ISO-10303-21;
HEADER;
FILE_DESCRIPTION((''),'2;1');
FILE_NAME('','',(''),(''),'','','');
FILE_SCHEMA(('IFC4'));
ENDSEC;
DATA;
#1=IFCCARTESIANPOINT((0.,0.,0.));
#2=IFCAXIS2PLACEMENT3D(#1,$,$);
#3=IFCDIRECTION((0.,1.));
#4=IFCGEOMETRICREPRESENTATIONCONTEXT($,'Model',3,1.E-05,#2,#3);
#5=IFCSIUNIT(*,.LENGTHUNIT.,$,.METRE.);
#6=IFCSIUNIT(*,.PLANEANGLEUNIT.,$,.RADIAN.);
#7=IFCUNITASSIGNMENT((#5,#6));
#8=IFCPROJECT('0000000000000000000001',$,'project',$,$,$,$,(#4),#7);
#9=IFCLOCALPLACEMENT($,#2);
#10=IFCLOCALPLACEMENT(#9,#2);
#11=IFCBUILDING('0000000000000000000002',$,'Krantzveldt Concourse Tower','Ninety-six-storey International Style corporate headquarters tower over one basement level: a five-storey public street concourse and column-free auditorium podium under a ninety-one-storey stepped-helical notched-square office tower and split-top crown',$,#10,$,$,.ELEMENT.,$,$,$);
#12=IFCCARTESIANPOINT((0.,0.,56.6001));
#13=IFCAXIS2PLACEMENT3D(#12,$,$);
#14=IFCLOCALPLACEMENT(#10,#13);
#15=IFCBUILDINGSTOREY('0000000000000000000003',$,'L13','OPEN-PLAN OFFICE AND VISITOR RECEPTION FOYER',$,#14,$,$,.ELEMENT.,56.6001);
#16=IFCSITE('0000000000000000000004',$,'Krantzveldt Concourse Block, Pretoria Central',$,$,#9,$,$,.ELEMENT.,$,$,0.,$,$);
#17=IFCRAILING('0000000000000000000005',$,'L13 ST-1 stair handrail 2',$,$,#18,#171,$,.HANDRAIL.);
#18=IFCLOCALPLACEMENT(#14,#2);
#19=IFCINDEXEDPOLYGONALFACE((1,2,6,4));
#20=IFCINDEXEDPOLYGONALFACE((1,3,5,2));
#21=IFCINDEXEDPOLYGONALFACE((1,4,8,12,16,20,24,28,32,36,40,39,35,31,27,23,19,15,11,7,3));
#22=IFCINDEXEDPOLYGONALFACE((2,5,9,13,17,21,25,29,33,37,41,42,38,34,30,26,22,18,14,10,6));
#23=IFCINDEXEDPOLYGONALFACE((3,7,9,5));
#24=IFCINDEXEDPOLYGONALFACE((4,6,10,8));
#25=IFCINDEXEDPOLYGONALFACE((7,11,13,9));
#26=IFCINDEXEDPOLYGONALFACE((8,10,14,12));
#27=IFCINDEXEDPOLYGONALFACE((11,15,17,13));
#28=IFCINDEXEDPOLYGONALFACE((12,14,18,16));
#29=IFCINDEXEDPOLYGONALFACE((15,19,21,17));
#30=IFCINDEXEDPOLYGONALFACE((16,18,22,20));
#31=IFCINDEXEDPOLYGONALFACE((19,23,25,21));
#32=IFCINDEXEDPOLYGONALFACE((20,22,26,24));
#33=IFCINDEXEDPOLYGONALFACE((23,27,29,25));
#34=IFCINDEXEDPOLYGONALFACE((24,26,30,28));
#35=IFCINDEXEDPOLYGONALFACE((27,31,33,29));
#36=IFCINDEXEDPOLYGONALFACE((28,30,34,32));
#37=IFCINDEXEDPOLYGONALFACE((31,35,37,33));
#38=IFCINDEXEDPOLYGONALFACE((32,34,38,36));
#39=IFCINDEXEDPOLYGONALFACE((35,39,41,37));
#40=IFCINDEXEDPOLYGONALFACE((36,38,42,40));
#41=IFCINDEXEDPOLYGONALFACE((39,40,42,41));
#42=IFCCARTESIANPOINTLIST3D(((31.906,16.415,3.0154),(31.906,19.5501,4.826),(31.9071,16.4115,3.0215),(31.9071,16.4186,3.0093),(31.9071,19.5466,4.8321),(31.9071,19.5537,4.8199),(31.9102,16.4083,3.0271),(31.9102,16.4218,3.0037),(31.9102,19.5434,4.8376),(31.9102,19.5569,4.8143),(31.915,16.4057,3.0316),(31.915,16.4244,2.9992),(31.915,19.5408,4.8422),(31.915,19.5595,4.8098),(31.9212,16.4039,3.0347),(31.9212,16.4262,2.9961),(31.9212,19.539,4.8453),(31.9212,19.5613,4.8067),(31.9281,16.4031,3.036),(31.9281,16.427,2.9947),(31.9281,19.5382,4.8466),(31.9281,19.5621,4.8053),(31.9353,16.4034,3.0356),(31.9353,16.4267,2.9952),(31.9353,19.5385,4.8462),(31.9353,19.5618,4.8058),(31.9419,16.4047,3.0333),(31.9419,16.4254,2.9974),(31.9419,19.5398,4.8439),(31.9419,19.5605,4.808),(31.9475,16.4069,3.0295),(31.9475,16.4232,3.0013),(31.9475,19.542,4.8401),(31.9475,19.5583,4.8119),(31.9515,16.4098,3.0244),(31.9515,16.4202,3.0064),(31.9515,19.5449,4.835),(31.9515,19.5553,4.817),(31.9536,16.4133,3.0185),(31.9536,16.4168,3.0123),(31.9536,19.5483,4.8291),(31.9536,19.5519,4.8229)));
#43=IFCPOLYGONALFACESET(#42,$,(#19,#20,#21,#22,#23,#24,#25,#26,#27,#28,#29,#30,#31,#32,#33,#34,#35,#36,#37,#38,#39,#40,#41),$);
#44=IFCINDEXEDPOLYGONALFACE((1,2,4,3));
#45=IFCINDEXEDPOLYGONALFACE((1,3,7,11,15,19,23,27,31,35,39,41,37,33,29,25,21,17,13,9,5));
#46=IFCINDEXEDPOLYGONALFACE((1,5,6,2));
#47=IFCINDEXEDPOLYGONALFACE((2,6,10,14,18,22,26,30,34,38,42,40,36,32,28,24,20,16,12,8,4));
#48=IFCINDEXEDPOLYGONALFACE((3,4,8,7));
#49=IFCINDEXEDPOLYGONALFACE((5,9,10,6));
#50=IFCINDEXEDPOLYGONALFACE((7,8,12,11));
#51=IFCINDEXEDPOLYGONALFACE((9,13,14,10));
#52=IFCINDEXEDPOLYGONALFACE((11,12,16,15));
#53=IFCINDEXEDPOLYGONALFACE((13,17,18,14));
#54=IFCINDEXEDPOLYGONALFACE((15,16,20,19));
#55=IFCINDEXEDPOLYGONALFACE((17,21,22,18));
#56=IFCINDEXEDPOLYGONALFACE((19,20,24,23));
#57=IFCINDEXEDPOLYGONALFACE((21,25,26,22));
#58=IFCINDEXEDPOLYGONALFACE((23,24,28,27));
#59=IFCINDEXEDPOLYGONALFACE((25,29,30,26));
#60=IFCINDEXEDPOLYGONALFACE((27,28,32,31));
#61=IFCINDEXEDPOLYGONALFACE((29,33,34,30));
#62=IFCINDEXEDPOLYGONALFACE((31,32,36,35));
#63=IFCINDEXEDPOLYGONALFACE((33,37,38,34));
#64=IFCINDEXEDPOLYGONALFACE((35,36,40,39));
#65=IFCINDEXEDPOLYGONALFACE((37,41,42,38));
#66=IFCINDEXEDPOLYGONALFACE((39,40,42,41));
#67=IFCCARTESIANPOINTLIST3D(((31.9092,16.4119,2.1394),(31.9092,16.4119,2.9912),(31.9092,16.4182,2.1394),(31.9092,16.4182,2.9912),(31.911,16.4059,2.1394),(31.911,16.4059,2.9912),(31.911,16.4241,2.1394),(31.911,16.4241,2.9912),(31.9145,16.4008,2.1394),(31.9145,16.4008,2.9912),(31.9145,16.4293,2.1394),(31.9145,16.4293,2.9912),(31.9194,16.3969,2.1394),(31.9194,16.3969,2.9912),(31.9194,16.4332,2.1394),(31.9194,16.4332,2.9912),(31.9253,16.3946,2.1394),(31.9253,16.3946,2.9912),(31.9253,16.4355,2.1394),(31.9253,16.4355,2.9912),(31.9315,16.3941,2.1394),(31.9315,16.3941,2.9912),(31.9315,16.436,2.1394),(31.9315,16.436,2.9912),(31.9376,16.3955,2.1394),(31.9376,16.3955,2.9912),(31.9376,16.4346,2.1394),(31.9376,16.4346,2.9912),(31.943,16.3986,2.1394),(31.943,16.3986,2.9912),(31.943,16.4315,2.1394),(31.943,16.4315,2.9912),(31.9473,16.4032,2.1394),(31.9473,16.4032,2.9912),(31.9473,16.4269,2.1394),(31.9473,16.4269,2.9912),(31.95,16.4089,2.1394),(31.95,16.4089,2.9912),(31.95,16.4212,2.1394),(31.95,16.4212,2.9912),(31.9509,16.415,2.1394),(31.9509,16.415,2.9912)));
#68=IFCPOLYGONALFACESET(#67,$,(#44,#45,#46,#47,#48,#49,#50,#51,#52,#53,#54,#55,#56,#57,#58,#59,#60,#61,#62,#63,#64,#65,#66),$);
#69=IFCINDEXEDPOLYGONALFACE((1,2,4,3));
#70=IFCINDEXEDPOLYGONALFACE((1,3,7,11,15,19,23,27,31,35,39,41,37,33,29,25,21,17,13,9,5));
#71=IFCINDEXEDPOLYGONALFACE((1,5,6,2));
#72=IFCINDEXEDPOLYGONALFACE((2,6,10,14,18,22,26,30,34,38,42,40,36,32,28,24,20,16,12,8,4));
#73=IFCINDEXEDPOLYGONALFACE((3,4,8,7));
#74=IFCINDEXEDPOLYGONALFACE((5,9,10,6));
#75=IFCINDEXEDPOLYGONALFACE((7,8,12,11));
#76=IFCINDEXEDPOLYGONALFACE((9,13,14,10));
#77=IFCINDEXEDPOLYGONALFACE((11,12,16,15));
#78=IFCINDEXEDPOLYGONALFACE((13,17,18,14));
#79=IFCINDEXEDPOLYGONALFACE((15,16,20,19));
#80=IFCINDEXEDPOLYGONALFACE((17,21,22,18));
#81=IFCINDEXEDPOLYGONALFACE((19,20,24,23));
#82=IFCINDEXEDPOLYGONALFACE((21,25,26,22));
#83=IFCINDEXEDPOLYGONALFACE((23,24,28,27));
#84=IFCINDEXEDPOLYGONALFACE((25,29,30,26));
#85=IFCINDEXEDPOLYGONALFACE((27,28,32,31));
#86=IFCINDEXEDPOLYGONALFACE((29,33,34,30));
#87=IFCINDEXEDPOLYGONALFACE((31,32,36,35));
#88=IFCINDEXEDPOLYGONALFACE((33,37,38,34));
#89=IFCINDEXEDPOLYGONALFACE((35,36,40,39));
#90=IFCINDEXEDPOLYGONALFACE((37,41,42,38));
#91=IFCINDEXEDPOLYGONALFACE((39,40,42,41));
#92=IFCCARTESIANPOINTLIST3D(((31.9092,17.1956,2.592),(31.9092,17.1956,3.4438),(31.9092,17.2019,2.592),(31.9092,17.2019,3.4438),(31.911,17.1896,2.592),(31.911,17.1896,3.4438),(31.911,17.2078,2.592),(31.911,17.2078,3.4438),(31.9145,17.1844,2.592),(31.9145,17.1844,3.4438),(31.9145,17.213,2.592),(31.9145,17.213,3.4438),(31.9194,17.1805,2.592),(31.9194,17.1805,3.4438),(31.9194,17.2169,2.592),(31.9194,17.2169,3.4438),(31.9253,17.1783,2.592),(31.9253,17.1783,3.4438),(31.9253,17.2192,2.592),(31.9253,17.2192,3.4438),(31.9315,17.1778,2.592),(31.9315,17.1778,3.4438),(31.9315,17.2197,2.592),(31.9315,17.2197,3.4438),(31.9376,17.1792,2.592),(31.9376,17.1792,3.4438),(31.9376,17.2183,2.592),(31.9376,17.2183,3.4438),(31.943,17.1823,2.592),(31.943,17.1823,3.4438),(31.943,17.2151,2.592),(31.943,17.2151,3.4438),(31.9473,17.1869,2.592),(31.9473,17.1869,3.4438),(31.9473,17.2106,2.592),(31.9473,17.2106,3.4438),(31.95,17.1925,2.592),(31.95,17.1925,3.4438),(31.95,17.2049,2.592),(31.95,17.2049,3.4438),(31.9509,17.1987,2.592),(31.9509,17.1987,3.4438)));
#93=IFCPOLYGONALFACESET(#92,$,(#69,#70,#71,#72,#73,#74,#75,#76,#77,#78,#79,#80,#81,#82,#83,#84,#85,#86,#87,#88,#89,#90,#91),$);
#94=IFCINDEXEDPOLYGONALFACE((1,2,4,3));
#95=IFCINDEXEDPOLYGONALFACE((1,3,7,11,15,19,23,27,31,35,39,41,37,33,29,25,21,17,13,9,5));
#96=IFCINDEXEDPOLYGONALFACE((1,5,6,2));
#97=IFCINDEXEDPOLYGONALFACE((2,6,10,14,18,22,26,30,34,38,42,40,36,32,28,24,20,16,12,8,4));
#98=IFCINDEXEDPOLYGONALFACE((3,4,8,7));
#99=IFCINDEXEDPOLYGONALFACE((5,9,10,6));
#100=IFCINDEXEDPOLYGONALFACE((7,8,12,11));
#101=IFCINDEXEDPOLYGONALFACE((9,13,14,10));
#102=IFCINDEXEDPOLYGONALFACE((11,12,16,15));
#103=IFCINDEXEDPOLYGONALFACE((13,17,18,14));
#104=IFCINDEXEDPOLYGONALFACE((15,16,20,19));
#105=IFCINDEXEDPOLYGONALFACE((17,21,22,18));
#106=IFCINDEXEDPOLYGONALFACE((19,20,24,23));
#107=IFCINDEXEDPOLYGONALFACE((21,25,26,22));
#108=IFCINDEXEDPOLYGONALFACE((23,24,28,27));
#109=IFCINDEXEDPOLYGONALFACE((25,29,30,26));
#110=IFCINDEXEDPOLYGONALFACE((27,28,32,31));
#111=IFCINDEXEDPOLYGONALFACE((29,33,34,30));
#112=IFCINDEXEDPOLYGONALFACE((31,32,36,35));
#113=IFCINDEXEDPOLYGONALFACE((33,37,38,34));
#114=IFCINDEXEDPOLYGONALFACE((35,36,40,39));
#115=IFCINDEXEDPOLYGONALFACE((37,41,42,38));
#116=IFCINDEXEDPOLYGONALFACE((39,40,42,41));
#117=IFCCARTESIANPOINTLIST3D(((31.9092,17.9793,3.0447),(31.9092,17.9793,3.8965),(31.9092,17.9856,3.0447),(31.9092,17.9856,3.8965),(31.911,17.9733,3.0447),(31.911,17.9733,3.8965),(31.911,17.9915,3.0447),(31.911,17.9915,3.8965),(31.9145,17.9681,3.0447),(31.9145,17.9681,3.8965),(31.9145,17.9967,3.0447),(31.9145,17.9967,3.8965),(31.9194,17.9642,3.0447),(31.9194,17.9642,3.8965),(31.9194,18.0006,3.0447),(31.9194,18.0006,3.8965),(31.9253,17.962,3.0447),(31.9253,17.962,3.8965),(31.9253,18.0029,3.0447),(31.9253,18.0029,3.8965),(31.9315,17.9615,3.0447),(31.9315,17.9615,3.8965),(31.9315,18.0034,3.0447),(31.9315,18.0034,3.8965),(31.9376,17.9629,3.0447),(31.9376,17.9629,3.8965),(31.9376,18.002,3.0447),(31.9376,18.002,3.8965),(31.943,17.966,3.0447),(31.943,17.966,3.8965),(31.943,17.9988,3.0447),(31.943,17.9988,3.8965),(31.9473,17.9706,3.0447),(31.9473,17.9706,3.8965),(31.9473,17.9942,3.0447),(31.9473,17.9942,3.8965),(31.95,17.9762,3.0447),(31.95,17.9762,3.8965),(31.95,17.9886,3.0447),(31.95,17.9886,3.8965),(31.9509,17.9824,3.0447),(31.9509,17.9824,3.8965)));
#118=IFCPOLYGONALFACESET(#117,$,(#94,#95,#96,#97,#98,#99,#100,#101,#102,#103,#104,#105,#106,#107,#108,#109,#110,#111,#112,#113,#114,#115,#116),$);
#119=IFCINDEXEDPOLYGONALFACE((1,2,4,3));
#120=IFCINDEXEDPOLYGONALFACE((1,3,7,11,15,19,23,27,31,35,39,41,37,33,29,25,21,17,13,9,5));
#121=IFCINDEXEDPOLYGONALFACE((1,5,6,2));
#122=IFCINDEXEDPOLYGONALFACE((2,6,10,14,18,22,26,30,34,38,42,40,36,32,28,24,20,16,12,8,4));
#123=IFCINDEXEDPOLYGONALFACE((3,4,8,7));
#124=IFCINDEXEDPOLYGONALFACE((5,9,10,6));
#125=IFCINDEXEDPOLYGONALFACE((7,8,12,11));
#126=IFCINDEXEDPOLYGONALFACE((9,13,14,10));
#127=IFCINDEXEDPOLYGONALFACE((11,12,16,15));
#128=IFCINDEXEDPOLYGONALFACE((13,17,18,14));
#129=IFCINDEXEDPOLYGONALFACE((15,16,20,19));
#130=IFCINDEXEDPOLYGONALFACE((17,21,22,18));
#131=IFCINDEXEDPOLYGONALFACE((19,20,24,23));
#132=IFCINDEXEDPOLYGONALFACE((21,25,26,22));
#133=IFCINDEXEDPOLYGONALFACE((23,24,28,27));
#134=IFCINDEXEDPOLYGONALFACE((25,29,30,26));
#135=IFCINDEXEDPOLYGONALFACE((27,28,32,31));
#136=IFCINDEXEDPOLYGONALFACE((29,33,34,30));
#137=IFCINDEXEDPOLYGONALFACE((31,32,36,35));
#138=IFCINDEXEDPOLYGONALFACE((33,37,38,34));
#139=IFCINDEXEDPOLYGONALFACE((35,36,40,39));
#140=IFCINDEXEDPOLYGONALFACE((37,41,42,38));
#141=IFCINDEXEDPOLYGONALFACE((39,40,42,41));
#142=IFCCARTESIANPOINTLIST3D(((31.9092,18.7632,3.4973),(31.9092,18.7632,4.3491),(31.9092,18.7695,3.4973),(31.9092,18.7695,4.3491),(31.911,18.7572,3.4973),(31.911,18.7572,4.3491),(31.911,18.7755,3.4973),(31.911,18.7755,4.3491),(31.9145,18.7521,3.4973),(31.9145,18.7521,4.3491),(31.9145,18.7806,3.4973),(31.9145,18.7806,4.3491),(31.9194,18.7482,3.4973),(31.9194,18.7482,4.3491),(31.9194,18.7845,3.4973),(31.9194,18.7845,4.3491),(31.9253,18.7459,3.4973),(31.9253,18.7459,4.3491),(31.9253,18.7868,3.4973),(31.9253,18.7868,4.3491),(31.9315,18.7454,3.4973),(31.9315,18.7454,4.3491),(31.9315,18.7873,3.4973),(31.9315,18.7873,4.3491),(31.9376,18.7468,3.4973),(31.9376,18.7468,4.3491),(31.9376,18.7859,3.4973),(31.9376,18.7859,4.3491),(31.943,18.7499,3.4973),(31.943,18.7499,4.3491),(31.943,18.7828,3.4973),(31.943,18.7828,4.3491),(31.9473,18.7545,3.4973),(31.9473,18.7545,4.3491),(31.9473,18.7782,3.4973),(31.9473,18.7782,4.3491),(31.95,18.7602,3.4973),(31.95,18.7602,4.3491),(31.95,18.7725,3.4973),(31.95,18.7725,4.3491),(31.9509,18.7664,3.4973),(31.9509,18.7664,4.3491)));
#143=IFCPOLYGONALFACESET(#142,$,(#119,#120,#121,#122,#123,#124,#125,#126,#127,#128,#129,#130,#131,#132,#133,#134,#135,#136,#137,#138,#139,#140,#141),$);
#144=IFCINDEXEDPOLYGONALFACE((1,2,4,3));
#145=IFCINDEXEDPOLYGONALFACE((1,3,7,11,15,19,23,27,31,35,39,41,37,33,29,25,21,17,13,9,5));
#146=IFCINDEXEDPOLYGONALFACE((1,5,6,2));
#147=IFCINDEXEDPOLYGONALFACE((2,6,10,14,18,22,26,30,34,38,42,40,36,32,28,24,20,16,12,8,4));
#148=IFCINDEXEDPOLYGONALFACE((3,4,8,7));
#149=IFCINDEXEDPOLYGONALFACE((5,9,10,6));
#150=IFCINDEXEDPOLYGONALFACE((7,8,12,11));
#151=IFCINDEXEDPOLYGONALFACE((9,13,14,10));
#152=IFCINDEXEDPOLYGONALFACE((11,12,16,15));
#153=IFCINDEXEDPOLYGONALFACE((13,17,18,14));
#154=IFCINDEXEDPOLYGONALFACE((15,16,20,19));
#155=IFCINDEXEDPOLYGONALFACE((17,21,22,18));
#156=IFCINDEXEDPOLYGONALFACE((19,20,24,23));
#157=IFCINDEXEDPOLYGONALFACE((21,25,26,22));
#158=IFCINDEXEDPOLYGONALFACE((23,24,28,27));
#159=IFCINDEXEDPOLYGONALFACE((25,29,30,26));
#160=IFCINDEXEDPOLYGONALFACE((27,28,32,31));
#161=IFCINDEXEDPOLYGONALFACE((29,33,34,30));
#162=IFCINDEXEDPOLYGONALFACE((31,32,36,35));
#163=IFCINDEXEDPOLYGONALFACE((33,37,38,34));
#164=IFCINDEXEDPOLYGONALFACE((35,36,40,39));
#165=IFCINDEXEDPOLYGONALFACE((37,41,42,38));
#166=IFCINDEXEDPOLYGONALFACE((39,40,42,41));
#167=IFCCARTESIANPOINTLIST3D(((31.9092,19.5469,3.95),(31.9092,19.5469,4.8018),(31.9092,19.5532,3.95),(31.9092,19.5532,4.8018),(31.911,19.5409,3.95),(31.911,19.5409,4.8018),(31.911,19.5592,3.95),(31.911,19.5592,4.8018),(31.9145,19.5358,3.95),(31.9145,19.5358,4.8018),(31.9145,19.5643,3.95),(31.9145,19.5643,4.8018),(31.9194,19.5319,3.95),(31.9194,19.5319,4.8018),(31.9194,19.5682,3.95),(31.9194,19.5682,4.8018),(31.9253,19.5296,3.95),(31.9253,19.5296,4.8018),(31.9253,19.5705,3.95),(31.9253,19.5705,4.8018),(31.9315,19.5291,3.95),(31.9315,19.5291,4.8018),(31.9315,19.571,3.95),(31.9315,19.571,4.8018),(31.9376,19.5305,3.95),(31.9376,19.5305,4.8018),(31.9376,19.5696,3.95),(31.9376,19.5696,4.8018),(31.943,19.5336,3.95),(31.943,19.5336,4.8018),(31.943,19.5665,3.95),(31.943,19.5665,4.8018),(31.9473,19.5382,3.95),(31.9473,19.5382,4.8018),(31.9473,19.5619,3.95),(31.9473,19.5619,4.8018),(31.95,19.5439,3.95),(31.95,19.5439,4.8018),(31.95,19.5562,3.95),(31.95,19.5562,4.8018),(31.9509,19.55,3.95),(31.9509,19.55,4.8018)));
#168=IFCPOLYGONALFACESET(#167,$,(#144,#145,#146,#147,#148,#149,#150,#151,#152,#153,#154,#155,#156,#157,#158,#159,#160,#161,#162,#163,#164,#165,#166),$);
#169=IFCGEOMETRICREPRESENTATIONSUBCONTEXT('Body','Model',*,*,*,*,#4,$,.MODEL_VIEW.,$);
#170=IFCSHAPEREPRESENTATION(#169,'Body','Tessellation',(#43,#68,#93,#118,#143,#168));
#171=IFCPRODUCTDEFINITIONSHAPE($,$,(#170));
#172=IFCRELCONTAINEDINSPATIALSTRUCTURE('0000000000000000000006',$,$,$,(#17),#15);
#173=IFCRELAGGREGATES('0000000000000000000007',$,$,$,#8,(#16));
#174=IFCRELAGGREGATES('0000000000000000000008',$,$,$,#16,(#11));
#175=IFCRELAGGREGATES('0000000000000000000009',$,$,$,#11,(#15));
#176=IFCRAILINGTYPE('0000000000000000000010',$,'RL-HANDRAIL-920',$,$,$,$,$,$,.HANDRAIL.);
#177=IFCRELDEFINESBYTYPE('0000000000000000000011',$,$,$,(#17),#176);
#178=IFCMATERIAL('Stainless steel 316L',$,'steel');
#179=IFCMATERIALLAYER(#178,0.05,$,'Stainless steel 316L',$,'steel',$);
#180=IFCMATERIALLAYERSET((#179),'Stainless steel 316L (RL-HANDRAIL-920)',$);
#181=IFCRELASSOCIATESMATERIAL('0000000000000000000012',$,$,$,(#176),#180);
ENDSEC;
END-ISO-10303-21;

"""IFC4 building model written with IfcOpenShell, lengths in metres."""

from ifc_helpers import new_model, si_unit, direction, frame, origin, origin_2d, place, context, subcontext, project, spatial, circle, extrude, material, layer, layer_set, type_object, element, save


model = new_model("IFC4")

# Units and contexts
model_context = context("Model", 3, precision=1e-05, world=origin(), true_north=direction((0.0, 1.0)))
body_context = subcontext(model_context, "Body", "Model", "MODEL_VIEW")
ifc_project = project(units=[si_unit("LENGTHUNIT", "METRE"), si_unit("PLANEANGLEUNIT", "RADIAN")], contexts=[model_context])

# Site, building, storey
site_placement = place(None, origin())
site = spatial("IfcSite", under=ifc_project, at=site_placement, Name="Krantzveldt Concourse Block, Pretoria Central", CompositionType="ELEMENT", RefElevation=0.0)
building_placement = place(site_placement, origin())
building = spatial("IfcBuilding", under=site, at=building_placement, Name="Krantzveldt Concourse Tower", Description="Ninety-six-storey International Style corporate headquarters tower over one basement level: a five-storey public street concourse and column-free auditorium podium under a ninety-one-storey stepped-helical notched-square office tower and split-top crown", CompositionType="ELEMENT")
storey_placement = place(building_placement, frame((0.0, 0.0, 56.6001)))
storey = spatial("IfcBuildingStorey", under=building, at=storey_placement, Name="L13", Description="OPEN-PLAN OFFICE AND VISITOR RECEPTION FOYER", CompositionType="ELEMENT", Elevation=56.6001)

# Railing
ifc_material_1 = material(Name="Stainless steel 316L", Category="steel")
ifc_layer_1 = layer(ifc_material_1, 0.05, Name="Stainless steel 316L", Category="steel")
ifc_layer_set_1 = layer_set([ifc_layer_1], Name="Stainless steel 316L (RL-HANDRAIL-920)")
railing_type_1 = type_object("IfcRailingType", Name="RL-HANDRAIL-920", PredefinedType="HANDRAIL", material=ifc_layer_set_1)
railing_1_placement = place(storey_placement, frame((31.9299, 16.415, 2.1394)))
element("IfcRailing", 1, at=railing_1_placement, inside=storey, type_object=railing_type_1, Name="L13 ST-1 stair handrail 2", PredefinedType="HANDRAIL", context=body_context, shape_type="SweptSolid", body=[
    extrude(circle(Radius=0.0239, at=origin_2d()), frame((0.0, 0.0, 0.876), z_axis=(0.0, 0.86596, 0.500114), x_axis=(-1.0, 0.0, 0.0)), (0.0, 0.0, 1.0), 3.6204),
    extrude(circle(Radius=0.021, at=origin_2d()), origin(), (0.0, 0.0, 1.0), 0.8518),
    extrude(circle(Radius=0.021, at=origin_2d()), frame((0.0, 0.7837, 0.4526)), (0.0, 0.0, 1.0), 0.8518),
    extrude(circle(Radius=0.021, at=origin_2d()), frame((0.0, 1.5674, 0.9053)), (0.0, 0.0, 1.0), 0.8518),
    extrude(circle(Radius=0.021, at=origin_2d()), frame((0.0, 2.3513, 1.3579)), (0.0, 0.0, 1.0), 0.8518),
    extrude(circle(Radius=0.021, at=origin_2d()), frame((0.0, 3.135, 1.8105)), (0.0, 0.0, 1.0), 0.8518),
])

save(model, "model.ifc")
